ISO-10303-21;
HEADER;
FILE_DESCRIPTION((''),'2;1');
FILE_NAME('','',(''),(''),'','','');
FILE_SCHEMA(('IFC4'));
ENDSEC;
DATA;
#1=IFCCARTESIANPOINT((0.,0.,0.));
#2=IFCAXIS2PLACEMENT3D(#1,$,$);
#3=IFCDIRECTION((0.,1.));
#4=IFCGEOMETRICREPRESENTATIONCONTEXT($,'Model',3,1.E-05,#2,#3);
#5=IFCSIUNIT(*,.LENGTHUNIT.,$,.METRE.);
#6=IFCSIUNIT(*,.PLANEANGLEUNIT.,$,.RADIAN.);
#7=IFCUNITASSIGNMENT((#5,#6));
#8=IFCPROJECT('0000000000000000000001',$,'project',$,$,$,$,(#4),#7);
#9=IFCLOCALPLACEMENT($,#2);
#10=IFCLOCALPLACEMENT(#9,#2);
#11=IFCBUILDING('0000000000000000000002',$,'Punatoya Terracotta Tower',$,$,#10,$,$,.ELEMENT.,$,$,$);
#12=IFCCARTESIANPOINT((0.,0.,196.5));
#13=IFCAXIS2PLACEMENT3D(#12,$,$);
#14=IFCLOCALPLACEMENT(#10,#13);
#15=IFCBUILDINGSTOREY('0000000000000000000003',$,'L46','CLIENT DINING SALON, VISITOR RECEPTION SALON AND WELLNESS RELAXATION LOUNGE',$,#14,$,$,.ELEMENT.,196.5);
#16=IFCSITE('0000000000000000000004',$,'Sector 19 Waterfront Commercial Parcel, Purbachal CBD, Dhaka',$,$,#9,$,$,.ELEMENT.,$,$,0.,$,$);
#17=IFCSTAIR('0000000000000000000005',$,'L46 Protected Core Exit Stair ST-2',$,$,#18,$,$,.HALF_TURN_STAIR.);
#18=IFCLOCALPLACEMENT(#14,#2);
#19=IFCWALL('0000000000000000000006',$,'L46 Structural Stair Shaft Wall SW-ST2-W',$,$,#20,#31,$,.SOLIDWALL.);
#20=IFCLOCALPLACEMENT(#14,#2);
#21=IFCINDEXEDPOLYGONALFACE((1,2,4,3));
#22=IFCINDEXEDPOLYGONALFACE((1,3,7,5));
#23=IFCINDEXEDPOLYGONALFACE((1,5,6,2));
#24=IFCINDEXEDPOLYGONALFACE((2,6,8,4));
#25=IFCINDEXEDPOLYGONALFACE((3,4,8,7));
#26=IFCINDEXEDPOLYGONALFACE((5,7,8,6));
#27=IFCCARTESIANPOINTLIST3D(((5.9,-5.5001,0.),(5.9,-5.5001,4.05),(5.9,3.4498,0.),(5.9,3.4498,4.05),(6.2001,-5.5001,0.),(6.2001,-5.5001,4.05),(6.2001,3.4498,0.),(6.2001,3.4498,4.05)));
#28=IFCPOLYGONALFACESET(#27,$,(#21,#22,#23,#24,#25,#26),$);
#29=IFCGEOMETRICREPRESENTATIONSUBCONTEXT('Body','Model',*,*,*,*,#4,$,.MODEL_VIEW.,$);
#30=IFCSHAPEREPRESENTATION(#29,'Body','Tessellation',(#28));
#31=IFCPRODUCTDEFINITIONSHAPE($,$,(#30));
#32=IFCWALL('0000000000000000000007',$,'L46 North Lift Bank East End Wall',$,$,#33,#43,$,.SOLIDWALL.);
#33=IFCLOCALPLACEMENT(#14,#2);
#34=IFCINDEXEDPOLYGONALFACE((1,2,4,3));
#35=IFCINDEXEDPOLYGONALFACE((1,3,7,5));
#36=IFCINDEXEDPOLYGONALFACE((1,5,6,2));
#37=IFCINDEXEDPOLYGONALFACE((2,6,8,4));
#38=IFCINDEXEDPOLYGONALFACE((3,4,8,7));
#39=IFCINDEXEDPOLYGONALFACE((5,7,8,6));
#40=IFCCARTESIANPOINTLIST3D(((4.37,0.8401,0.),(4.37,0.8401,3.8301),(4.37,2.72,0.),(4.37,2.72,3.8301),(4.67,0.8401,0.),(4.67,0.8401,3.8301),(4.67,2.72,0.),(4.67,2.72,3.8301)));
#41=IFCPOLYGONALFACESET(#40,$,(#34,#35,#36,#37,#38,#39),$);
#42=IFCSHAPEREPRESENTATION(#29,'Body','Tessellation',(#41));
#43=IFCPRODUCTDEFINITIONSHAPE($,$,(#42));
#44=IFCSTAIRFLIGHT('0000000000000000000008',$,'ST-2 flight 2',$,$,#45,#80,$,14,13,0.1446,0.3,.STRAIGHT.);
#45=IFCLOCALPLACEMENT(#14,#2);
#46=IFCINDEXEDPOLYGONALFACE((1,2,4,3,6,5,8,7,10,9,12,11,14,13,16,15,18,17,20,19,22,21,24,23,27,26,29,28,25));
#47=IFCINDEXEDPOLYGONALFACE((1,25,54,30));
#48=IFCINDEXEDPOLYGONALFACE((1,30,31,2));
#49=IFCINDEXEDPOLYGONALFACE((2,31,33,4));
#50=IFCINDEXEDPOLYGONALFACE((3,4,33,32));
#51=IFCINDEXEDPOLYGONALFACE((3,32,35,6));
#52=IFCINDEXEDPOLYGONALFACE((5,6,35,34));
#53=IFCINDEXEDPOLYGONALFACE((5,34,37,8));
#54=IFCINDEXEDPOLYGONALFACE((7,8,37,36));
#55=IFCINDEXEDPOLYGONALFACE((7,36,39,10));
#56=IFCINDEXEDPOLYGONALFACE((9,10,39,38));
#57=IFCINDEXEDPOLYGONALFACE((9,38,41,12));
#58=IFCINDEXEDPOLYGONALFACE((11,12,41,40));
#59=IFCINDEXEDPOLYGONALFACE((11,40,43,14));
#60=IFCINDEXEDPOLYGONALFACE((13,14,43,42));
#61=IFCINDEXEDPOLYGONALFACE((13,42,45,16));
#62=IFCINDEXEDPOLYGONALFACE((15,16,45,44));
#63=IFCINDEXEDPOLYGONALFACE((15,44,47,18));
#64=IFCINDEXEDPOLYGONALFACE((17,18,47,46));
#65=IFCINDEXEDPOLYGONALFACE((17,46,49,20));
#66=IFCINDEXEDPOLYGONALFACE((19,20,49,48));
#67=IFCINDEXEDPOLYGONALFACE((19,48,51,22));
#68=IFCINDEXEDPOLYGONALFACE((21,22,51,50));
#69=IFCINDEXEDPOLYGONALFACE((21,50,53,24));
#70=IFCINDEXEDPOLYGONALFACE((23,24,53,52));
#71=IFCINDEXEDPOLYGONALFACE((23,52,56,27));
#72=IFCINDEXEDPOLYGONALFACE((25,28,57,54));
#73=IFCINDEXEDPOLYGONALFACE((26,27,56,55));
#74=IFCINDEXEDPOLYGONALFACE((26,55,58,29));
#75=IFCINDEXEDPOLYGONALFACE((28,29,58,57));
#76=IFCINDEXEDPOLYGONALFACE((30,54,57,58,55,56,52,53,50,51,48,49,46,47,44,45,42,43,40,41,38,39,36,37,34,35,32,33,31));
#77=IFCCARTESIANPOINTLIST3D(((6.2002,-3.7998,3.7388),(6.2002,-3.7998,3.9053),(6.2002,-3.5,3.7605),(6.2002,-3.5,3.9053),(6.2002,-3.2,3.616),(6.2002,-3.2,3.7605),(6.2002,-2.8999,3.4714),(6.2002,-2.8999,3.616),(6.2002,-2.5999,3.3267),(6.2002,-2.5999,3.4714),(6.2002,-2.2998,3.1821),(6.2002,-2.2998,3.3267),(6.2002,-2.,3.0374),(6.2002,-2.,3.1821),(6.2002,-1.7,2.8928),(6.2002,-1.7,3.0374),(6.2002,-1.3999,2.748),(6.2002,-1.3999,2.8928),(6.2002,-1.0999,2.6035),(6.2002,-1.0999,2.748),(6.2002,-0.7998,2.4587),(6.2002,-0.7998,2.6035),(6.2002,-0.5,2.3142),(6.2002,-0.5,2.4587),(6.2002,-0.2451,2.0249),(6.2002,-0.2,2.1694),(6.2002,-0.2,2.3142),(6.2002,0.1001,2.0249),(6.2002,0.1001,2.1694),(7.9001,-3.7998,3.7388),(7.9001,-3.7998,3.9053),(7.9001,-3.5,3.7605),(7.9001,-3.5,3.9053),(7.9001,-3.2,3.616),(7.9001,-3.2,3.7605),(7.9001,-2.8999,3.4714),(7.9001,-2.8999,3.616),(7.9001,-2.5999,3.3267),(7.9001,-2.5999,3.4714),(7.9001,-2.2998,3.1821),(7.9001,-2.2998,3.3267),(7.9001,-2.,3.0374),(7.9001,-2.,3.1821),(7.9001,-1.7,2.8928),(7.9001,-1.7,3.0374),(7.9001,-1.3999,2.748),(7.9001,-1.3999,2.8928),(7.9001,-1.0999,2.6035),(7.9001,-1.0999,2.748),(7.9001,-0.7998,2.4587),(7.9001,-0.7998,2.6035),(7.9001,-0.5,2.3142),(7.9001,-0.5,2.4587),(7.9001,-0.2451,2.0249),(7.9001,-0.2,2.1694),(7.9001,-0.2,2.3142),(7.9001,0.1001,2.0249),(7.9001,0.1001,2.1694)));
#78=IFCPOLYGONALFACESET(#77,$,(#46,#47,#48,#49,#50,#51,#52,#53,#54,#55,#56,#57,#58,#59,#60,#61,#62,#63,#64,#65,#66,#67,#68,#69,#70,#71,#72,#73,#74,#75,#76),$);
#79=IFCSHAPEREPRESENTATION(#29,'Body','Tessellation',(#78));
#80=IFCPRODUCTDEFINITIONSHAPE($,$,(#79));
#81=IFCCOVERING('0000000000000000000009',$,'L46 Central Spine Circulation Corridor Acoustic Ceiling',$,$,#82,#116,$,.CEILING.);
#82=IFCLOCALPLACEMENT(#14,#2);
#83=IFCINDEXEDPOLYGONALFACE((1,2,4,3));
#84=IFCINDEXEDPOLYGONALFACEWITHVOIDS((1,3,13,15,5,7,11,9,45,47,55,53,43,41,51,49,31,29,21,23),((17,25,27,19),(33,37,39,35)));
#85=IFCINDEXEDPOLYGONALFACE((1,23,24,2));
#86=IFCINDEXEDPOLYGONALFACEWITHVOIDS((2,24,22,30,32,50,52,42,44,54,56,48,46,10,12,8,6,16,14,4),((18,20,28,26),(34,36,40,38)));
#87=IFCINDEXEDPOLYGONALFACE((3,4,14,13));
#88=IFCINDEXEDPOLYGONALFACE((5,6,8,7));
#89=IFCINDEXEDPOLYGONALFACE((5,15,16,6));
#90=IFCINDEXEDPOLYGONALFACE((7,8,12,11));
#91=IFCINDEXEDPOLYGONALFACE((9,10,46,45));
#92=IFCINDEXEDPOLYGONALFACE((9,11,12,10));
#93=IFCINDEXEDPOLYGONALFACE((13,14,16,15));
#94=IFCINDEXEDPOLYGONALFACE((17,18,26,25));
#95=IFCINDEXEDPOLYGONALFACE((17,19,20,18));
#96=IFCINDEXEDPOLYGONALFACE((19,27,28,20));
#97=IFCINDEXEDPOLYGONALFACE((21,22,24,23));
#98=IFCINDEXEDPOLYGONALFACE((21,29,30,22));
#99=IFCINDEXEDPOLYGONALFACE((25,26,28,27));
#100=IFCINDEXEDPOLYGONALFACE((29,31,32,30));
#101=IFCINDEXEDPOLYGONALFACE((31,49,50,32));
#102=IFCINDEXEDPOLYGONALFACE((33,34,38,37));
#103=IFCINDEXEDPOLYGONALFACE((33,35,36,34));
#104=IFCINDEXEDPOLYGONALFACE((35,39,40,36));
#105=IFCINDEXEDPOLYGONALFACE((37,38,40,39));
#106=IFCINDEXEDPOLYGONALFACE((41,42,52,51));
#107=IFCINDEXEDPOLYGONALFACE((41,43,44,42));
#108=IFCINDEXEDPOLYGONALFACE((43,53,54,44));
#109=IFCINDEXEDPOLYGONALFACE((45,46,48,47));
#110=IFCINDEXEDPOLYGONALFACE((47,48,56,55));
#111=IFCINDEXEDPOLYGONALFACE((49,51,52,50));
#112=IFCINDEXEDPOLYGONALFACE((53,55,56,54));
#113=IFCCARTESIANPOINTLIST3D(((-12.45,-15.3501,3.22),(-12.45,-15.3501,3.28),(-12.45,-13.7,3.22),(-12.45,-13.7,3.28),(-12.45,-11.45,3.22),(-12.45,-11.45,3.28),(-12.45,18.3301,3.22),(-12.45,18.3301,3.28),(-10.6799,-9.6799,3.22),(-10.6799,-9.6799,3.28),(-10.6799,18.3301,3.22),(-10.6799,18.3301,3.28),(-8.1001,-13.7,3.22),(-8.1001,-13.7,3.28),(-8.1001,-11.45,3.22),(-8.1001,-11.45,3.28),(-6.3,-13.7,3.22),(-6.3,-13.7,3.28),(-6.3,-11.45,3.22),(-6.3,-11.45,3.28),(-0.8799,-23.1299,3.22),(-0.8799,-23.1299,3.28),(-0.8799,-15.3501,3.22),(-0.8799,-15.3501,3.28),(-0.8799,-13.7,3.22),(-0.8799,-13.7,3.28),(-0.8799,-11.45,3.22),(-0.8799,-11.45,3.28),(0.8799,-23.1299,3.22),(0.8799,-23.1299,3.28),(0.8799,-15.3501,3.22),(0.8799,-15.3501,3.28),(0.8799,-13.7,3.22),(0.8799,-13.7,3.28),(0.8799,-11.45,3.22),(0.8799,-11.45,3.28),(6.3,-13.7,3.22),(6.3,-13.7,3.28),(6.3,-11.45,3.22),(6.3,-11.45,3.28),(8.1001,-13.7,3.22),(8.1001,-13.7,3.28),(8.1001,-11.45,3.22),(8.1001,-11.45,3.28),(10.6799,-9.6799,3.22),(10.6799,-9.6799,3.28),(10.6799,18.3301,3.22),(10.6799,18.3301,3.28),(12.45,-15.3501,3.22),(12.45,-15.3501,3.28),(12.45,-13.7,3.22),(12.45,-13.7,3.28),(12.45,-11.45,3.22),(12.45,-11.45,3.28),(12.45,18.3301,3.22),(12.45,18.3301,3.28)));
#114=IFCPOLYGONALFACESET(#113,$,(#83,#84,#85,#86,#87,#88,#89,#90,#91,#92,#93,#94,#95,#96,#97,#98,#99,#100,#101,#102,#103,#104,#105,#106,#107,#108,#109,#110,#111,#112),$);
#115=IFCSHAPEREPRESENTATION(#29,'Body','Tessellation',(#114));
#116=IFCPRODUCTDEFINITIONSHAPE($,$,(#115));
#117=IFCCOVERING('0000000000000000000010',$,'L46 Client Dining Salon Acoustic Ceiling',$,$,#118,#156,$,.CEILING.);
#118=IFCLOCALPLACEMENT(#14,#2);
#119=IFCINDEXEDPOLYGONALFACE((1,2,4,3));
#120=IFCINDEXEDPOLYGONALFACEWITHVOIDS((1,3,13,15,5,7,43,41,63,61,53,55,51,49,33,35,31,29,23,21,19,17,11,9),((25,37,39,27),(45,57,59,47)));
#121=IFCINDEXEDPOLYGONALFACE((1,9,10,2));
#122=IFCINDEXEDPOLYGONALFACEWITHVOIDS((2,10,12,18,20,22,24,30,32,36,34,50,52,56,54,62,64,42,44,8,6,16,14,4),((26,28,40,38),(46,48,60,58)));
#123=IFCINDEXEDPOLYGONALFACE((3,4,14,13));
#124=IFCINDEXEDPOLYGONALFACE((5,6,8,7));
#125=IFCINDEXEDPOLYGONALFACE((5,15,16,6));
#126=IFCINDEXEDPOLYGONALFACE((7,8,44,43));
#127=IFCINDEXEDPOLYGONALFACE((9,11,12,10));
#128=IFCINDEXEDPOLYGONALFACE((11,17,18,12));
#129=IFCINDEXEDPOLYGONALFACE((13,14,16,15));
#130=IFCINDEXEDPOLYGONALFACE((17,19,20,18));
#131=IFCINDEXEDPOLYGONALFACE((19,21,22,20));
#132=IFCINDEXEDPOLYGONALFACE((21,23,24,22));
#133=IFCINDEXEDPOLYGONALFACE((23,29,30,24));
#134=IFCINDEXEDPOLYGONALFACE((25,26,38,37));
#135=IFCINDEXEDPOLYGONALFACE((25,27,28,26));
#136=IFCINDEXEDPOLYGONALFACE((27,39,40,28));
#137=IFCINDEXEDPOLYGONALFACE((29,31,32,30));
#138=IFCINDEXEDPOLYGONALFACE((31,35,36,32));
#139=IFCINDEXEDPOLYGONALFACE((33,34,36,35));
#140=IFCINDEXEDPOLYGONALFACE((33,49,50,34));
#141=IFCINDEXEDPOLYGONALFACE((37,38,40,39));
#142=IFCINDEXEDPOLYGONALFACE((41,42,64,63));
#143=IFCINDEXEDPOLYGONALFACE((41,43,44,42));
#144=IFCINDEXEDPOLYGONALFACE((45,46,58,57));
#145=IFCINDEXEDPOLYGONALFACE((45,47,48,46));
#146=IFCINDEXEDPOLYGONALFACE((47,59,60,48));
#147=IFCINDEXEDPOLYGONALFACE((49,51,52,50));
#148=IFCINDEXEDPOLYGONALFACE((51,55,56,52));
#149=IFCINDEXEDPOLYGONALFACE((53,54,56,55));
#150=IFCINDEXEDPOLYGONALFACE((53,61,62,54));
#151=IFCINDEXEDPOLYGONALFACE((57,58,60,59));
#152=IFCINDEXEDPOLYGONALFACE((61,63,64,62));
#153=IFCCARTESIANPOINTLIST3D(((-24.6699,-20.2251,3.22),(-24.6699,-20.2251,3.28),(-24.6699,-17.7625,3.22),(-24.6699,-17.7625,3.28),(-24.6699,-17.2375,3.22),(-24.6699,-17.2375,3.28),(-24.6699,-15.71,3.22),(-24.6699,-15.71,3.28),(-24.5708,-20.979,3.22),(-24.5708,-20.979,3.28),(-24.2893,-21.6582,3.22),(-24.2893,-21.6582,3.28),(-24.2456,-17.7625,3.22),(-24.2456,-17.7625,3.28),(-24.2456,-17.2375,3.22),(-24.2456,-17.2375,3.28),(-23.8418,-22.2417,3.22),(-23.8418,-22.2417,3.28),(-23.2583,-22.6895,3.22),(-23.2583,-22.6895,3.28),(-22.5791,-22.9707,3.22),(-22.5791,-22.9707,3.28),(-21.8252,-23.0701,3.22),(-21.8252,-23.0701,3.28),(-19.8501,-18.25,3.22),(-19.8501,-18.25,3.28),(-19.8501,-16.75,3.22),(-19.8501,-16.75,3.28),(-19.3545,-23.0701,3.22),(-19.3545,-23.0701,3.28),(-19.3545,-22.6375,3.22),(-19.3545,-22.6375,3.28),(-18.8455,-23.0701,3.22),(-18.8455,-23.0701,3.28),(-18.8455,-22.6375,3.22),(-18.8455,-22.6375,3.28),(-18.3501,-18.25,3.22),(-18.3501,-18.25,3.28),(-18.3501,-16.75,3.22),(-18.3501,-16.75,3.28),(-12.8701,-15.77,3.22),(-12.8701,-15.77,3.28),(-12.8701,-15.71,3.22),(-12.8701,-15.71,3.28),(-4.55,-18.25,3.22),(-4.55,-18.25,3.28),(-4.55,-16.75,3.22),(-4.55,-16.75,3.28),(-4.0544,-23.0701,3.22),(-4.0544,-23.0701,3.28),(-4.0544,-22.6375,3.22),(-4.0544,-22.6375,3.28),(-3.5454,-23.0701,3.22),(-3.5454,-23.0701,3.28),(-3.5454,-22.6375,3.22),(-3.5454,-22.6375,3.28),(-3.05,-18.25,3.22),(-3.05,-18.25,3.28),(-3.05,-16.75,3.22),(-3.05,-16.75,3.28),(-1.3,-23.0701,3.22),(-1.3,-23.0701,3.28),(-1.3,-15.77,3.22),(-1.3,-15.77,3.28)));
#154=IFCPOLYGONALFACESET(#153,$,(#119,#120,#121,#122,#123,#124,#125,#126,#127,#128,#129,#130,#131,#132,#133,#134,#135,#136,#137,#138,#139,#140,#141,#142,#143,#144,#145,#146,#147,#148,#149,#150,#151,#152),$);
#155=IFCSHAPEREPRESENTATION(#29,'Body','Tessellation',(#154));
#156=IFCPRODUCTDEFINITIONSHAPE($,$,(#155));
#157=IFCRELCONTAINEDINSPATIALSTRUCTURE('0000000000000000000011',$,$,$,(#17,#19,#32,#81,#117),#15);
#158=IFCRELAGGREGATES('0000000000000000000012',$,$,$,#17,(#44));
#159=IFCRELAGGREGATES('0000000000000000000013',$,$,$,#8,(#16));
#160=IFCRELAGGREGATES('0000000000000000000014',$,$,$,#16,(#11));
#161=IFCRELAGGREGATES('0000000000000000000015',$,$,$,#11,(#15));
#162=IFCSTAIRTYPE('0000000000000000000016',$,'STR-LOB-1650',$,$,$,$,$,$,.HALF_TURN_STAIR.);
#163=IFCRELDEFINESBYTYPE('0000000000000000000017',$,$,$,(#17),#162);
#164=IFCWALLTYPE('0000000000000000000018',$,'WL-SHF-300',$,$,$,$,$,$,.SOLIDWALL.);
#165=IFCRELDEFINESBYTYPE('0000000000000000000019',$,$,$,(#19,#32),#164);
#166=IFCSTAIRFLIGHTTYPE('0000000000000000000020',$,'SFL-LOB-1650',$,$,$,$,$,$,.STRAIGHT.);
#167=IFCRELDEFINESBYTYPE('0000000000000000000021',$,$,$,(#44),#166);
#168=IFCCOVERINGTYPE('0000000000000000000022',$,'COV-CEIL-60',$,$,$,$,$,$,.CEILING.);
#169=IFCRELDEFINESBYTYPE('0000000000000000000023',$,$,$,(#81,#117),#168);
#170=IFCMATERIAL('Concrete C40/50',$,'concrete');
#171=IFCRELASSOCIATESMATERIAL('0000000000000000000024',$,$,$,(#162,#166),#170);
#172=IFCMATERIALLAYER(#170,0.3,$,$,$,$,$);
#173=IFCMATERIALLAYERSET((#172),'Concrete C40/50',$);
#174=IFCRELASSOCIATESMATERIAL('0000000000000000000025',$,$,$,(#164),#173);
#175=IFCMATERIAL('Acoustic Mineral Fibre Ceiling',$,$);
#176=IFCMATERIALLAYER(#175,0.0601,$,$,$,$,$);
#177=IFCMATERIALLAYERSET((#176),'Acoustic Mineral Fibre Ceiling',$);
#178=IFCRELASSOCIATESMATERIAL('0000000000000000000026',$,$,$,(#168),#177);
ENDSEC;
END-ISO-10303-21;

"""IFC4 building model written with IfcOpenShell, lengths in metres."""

from ifc_helpers import new_model, si_unit, direction, frame, frame_2d, origin, place, context, subcontext, project, spatial, polyline, rectangle, outline, extrude, material, layer, layer_set, type_object, element, aggregate, save


model = new_model("IFC4")

# Units and contexts
model_context = context("Model", 3, precision=1e-05, world=origin(), true_north=direction((0.0, 1.0)))
body_context = subcontext(model_context, "Body", "Model", "MODEL_VIEW")
ifc_project = project(units=[si_unit("LENGTHUNIT", "METRE"), si_unit("PLANEANGLEUNIT", "RADIAN")], contexts=[model_context])

# Site, building, storey
site_placement = place(None, origin())
site = spatial("IfcSite", under=ifc_project, at=site_placement, Name="Sector 19 Waterfront Commercial Parcel, Purbachal CBD, Dhaka", CompositionType="ELEMENT", RefElevation=0.0)
building_placement = place(site_placement, origin())
building = spatial("IfcBuilding", under=site, at=building_placement, Name="Punatoya Terracotta Tower", CompositionType="ELEMENT")
storey_placement = place(building_placement, frame((0.0, 0.0, 196.5)))
storey = spatial("IfcBuildingStorey", under=building, at=storey_placement, Name="L46", Description="CLIENT DINING SALON, VISITOR RECEPTION SALON AND WELLNESS RELAXATION LOUNGE", CompositionType="ELEMENT", Elevation=196.5)

# Stair
ifc_material_1 = material(Name="Concrete C40/50", Category="concrete")
stair_type_1 = type_object("IfcStairType", Name="STR-LOB-1650", PredefinedType="HALF_TURN_STAIR", material=ifc_material_1)
stair_1_placement = place(storey_placement, origin())
stair_1 = element("IfcStair", 1, at=stair_1_placement, inside=storey, type_object=stair_type_1, Name="L46 Protected Core Exit Stair ST-2", PredefinedType="HALF_TURN_STAIR")

# Walls
ifc_layer_1 = layer(ifc_material_1, 0.3)
ifc_layer_set_1 = layer_set([ifc_layer_1], Name="Concrete C40/50")
wall_type_1 = type_object("IfcWallType", Name="WL-SHF-300", PredefinedType="SOLIDWALL", material=ifc_layer_set_1)
wall_1_placement = place(storey_placement, frame((6.05, 3.45, 0.0), z_axis=(0.0, 0.0, 1.0), x_axis=(0.0, -1.0, 0.0)))
element("IfcWall", 2, at=wall_1_placement, inside=storey, type_object=wall_type_1, Name="L46 Structural Stair Shaft Wall SW-ST2-W", PredefinedType="SOLIDWALL", context=body_context, shape_type="SweptSolid", body=[
    extrude(rectangle(XDim=8.95, YDim=0.3, at=frame_2d((4.4751, 0.0))), origin(), (0.0, 0.0, 1.0), 4.05),
])
wall_2_placement = place(storey_placement, frame((4.52, 0.8401, 0.0), z_axis=(0.0, 0.0, 1.0), x_axis=(0.0, 1.0, 0.0)))
element("IfcWall", 3, at=wall_2_placement, inside=storey, type_object=wall_type_1, Name="L46 North Lift Bank East End Wall", PredefinedType="SOLIDWALL", context=body_context, shape_type="SweptSolid", body=[
    extrude(rectangle(XDim=1.8799, YDim=0.3, at=frame_2d((0.9399, 0.0))), origin(), (0.0, 0.0, 1.0), 3.8301),
])

# Stair flight
stair_flight_type = type_object("IfcStairFlightType", Name="SFL-LOB-1650", PredefinedType="STRAIGHT", material=ifc_material_1)
stair_flight_placement = place(storey_placement, frame((7.05, 0.1001, 2.0249), z_axis=(0.0, 0.0, 1.0), x_axis=(0.0, -1.0, 0.0)))
stair_flight = element("IfcStairFlight", 4, at=stair_flight_placement, type_object=stair_flight_type, Name="ST-2 flight 2", NumberOfRisers=14, NumberOfTreads=13, PredefinedType="STRAIGHT", RiserHeight=0.1446, TreadLength=0.3, context=body_context, shape_type="SweptSolid", body=[
    extrude(outline(polyline([(0.0, 0.0), (0.0, 0.1445), (0.3, 0.1445), (0.3, 0.2893), (0.6001, 0.2893), (0.6001, 0.4338), (0.8999, 0.4338), (0.8999, 0.5786), (1.2, 0.5786), (1.2, 0.7231), (1.5, 0.7231), (1.5, 0.8679), (1.8, 0.8679), (1.8, 1.0125), (2.1001, 1.0125), (2.1001, 1.1572), (2.3999, 1.1572), (2.3999, 1.3018), (2.7, 1.3018), (2.7, 1.4465), (3.0, 1.4465), (3.0, 1.5911), (3.3, 1.5911), (3.3, 1.7356), (3.6001, 1.7356), (3.6001, 1.8804), (3.8999, 1.8804), (3.8999, 2.0249), (3.8999, 1.7139), (0.3452, 0.0), (0.0, 0.0)])), frame((0.0, 0.8501, 0.0), z_axis=(0.0, -1.0, 0.0), x_axis=(1.0, 0.0, 0.0)), (0.0, 0.0, 1.0), 1.7),
])
aggregate(stair_1, [stair_flight])

# Coverings
ifc_material_2 = material(Name="Acoustic Mineral Fibre Ceiling")
ifc_layer_2 = layer(ifc_material_2, 0.0601)
ifc_layer_set_2 = layer_set([ifc_layer_2], Name="Acoustic Mineral Fibre Ceiling")
covering_type = type_object("IfcCoveringType", Name="COV-CEIL-60", PredefinedType="CEILING", material=ifc_layer_set_2)
covering_1_placement = place(storey_placement, frame((0.0, 0.0, 3.22)))
element("IfcCovering", 5, at=covering_1_placement, inside=storey, type_object=covering_type, Name="L46 Central Spine Circulation Corridor Acoustic Ceiling", PredefinedType="CEILING", context=body_context, shape_type="SweptSolid", body=[
    extrude(outline(polyline([(-0.8799, -15.3501), (-0.8799, -23.1299), (0.8799, -23.1299), (0.8799, -15.3501), (12.45, -15.3501), (12.45, -13.7), (8.1001, -13.7), (8.1001, -11.45), (12.45, -11.45), (12.45, 18.3301), (10.6799, 18.3301), (10.6799, -9.6799), (-10.6799, -9.6799), (-10.6799, 18.3301), (-12.45, 18.3301), (-12.45, -11.45), (-8.1001, -11.45), (-8.1001, -13.7), (-12.45, -13.7), (-12.45, -15.3501), (-0.8799, -15.3501)]), holes=[polyline([(6.3, -13.7), (0.8799, -13.7), (0.8799, -11.45), (6.3, -11.45), (6.3, -13.7)]), polyline([(-0.8799, -13.7), (-6.3, -13.7), (-6.3, -11.45), (-0.8799, -11.45), (-0.8799, -13.7)])]), origin(), (0.0, 0.0, 1.0), 0.0601),
])
covering_2_placement = place(storey_placement, frame((0.0, 0.0, 3.22)))
element("IfcCovering", 6, at=covering_2_placement, inside=storey, type_object=covering_type, Name="L46 Client Dining Salon Acoustic Ceiling", PredefinedType="CEILING", context=body_context, shape_type="SweptSolid", body=[
    extrude(outline(polyline([(-12.8701, -15.77), (-12.8701, -15.71), (-24.6699, -15.71), (-24.6699, -17.2375), (-24.2456, -17.2375), (-24.2456, -17.7625), (-24.6699, -17.7625), (-24.6699, -20.2251), (-24.5708, -20.979), (-24.2893, -21.6582), (-23.8418, -22.2417), (-23.2583, -22.6895), (-22.5791, -22.9707), (-21.8252, -23.0701), (-19.3545, -23.0701), (-19.3545, -22.6375), (-18.8455, -22.6375), (-18.8455, -23.0701), (-4.0544, -23.0701), (-4.0544, -22.6375), (-3.5454, -22.6375), (-3.5454, -23.0701), (-1.3, -23.0701), (-1.3, -15.77), (-12.8701, -15.77)]), holes=[polyline([(-4.55, -16.75), (-3.05, -16.75), (-3.05, -18.25), (-4.55, -18.25), (-4.55, -16.75)]), polyline([(-19.8501, -18.25), (-19.8501, -16.75), (-18.3501, -16.75), (-18.3501, -18.25), (-19.8501, -18.25)])]), origin(), (0.0, 0.0, 1.0), 0.0601),
])

save(model, "model.ifc")
